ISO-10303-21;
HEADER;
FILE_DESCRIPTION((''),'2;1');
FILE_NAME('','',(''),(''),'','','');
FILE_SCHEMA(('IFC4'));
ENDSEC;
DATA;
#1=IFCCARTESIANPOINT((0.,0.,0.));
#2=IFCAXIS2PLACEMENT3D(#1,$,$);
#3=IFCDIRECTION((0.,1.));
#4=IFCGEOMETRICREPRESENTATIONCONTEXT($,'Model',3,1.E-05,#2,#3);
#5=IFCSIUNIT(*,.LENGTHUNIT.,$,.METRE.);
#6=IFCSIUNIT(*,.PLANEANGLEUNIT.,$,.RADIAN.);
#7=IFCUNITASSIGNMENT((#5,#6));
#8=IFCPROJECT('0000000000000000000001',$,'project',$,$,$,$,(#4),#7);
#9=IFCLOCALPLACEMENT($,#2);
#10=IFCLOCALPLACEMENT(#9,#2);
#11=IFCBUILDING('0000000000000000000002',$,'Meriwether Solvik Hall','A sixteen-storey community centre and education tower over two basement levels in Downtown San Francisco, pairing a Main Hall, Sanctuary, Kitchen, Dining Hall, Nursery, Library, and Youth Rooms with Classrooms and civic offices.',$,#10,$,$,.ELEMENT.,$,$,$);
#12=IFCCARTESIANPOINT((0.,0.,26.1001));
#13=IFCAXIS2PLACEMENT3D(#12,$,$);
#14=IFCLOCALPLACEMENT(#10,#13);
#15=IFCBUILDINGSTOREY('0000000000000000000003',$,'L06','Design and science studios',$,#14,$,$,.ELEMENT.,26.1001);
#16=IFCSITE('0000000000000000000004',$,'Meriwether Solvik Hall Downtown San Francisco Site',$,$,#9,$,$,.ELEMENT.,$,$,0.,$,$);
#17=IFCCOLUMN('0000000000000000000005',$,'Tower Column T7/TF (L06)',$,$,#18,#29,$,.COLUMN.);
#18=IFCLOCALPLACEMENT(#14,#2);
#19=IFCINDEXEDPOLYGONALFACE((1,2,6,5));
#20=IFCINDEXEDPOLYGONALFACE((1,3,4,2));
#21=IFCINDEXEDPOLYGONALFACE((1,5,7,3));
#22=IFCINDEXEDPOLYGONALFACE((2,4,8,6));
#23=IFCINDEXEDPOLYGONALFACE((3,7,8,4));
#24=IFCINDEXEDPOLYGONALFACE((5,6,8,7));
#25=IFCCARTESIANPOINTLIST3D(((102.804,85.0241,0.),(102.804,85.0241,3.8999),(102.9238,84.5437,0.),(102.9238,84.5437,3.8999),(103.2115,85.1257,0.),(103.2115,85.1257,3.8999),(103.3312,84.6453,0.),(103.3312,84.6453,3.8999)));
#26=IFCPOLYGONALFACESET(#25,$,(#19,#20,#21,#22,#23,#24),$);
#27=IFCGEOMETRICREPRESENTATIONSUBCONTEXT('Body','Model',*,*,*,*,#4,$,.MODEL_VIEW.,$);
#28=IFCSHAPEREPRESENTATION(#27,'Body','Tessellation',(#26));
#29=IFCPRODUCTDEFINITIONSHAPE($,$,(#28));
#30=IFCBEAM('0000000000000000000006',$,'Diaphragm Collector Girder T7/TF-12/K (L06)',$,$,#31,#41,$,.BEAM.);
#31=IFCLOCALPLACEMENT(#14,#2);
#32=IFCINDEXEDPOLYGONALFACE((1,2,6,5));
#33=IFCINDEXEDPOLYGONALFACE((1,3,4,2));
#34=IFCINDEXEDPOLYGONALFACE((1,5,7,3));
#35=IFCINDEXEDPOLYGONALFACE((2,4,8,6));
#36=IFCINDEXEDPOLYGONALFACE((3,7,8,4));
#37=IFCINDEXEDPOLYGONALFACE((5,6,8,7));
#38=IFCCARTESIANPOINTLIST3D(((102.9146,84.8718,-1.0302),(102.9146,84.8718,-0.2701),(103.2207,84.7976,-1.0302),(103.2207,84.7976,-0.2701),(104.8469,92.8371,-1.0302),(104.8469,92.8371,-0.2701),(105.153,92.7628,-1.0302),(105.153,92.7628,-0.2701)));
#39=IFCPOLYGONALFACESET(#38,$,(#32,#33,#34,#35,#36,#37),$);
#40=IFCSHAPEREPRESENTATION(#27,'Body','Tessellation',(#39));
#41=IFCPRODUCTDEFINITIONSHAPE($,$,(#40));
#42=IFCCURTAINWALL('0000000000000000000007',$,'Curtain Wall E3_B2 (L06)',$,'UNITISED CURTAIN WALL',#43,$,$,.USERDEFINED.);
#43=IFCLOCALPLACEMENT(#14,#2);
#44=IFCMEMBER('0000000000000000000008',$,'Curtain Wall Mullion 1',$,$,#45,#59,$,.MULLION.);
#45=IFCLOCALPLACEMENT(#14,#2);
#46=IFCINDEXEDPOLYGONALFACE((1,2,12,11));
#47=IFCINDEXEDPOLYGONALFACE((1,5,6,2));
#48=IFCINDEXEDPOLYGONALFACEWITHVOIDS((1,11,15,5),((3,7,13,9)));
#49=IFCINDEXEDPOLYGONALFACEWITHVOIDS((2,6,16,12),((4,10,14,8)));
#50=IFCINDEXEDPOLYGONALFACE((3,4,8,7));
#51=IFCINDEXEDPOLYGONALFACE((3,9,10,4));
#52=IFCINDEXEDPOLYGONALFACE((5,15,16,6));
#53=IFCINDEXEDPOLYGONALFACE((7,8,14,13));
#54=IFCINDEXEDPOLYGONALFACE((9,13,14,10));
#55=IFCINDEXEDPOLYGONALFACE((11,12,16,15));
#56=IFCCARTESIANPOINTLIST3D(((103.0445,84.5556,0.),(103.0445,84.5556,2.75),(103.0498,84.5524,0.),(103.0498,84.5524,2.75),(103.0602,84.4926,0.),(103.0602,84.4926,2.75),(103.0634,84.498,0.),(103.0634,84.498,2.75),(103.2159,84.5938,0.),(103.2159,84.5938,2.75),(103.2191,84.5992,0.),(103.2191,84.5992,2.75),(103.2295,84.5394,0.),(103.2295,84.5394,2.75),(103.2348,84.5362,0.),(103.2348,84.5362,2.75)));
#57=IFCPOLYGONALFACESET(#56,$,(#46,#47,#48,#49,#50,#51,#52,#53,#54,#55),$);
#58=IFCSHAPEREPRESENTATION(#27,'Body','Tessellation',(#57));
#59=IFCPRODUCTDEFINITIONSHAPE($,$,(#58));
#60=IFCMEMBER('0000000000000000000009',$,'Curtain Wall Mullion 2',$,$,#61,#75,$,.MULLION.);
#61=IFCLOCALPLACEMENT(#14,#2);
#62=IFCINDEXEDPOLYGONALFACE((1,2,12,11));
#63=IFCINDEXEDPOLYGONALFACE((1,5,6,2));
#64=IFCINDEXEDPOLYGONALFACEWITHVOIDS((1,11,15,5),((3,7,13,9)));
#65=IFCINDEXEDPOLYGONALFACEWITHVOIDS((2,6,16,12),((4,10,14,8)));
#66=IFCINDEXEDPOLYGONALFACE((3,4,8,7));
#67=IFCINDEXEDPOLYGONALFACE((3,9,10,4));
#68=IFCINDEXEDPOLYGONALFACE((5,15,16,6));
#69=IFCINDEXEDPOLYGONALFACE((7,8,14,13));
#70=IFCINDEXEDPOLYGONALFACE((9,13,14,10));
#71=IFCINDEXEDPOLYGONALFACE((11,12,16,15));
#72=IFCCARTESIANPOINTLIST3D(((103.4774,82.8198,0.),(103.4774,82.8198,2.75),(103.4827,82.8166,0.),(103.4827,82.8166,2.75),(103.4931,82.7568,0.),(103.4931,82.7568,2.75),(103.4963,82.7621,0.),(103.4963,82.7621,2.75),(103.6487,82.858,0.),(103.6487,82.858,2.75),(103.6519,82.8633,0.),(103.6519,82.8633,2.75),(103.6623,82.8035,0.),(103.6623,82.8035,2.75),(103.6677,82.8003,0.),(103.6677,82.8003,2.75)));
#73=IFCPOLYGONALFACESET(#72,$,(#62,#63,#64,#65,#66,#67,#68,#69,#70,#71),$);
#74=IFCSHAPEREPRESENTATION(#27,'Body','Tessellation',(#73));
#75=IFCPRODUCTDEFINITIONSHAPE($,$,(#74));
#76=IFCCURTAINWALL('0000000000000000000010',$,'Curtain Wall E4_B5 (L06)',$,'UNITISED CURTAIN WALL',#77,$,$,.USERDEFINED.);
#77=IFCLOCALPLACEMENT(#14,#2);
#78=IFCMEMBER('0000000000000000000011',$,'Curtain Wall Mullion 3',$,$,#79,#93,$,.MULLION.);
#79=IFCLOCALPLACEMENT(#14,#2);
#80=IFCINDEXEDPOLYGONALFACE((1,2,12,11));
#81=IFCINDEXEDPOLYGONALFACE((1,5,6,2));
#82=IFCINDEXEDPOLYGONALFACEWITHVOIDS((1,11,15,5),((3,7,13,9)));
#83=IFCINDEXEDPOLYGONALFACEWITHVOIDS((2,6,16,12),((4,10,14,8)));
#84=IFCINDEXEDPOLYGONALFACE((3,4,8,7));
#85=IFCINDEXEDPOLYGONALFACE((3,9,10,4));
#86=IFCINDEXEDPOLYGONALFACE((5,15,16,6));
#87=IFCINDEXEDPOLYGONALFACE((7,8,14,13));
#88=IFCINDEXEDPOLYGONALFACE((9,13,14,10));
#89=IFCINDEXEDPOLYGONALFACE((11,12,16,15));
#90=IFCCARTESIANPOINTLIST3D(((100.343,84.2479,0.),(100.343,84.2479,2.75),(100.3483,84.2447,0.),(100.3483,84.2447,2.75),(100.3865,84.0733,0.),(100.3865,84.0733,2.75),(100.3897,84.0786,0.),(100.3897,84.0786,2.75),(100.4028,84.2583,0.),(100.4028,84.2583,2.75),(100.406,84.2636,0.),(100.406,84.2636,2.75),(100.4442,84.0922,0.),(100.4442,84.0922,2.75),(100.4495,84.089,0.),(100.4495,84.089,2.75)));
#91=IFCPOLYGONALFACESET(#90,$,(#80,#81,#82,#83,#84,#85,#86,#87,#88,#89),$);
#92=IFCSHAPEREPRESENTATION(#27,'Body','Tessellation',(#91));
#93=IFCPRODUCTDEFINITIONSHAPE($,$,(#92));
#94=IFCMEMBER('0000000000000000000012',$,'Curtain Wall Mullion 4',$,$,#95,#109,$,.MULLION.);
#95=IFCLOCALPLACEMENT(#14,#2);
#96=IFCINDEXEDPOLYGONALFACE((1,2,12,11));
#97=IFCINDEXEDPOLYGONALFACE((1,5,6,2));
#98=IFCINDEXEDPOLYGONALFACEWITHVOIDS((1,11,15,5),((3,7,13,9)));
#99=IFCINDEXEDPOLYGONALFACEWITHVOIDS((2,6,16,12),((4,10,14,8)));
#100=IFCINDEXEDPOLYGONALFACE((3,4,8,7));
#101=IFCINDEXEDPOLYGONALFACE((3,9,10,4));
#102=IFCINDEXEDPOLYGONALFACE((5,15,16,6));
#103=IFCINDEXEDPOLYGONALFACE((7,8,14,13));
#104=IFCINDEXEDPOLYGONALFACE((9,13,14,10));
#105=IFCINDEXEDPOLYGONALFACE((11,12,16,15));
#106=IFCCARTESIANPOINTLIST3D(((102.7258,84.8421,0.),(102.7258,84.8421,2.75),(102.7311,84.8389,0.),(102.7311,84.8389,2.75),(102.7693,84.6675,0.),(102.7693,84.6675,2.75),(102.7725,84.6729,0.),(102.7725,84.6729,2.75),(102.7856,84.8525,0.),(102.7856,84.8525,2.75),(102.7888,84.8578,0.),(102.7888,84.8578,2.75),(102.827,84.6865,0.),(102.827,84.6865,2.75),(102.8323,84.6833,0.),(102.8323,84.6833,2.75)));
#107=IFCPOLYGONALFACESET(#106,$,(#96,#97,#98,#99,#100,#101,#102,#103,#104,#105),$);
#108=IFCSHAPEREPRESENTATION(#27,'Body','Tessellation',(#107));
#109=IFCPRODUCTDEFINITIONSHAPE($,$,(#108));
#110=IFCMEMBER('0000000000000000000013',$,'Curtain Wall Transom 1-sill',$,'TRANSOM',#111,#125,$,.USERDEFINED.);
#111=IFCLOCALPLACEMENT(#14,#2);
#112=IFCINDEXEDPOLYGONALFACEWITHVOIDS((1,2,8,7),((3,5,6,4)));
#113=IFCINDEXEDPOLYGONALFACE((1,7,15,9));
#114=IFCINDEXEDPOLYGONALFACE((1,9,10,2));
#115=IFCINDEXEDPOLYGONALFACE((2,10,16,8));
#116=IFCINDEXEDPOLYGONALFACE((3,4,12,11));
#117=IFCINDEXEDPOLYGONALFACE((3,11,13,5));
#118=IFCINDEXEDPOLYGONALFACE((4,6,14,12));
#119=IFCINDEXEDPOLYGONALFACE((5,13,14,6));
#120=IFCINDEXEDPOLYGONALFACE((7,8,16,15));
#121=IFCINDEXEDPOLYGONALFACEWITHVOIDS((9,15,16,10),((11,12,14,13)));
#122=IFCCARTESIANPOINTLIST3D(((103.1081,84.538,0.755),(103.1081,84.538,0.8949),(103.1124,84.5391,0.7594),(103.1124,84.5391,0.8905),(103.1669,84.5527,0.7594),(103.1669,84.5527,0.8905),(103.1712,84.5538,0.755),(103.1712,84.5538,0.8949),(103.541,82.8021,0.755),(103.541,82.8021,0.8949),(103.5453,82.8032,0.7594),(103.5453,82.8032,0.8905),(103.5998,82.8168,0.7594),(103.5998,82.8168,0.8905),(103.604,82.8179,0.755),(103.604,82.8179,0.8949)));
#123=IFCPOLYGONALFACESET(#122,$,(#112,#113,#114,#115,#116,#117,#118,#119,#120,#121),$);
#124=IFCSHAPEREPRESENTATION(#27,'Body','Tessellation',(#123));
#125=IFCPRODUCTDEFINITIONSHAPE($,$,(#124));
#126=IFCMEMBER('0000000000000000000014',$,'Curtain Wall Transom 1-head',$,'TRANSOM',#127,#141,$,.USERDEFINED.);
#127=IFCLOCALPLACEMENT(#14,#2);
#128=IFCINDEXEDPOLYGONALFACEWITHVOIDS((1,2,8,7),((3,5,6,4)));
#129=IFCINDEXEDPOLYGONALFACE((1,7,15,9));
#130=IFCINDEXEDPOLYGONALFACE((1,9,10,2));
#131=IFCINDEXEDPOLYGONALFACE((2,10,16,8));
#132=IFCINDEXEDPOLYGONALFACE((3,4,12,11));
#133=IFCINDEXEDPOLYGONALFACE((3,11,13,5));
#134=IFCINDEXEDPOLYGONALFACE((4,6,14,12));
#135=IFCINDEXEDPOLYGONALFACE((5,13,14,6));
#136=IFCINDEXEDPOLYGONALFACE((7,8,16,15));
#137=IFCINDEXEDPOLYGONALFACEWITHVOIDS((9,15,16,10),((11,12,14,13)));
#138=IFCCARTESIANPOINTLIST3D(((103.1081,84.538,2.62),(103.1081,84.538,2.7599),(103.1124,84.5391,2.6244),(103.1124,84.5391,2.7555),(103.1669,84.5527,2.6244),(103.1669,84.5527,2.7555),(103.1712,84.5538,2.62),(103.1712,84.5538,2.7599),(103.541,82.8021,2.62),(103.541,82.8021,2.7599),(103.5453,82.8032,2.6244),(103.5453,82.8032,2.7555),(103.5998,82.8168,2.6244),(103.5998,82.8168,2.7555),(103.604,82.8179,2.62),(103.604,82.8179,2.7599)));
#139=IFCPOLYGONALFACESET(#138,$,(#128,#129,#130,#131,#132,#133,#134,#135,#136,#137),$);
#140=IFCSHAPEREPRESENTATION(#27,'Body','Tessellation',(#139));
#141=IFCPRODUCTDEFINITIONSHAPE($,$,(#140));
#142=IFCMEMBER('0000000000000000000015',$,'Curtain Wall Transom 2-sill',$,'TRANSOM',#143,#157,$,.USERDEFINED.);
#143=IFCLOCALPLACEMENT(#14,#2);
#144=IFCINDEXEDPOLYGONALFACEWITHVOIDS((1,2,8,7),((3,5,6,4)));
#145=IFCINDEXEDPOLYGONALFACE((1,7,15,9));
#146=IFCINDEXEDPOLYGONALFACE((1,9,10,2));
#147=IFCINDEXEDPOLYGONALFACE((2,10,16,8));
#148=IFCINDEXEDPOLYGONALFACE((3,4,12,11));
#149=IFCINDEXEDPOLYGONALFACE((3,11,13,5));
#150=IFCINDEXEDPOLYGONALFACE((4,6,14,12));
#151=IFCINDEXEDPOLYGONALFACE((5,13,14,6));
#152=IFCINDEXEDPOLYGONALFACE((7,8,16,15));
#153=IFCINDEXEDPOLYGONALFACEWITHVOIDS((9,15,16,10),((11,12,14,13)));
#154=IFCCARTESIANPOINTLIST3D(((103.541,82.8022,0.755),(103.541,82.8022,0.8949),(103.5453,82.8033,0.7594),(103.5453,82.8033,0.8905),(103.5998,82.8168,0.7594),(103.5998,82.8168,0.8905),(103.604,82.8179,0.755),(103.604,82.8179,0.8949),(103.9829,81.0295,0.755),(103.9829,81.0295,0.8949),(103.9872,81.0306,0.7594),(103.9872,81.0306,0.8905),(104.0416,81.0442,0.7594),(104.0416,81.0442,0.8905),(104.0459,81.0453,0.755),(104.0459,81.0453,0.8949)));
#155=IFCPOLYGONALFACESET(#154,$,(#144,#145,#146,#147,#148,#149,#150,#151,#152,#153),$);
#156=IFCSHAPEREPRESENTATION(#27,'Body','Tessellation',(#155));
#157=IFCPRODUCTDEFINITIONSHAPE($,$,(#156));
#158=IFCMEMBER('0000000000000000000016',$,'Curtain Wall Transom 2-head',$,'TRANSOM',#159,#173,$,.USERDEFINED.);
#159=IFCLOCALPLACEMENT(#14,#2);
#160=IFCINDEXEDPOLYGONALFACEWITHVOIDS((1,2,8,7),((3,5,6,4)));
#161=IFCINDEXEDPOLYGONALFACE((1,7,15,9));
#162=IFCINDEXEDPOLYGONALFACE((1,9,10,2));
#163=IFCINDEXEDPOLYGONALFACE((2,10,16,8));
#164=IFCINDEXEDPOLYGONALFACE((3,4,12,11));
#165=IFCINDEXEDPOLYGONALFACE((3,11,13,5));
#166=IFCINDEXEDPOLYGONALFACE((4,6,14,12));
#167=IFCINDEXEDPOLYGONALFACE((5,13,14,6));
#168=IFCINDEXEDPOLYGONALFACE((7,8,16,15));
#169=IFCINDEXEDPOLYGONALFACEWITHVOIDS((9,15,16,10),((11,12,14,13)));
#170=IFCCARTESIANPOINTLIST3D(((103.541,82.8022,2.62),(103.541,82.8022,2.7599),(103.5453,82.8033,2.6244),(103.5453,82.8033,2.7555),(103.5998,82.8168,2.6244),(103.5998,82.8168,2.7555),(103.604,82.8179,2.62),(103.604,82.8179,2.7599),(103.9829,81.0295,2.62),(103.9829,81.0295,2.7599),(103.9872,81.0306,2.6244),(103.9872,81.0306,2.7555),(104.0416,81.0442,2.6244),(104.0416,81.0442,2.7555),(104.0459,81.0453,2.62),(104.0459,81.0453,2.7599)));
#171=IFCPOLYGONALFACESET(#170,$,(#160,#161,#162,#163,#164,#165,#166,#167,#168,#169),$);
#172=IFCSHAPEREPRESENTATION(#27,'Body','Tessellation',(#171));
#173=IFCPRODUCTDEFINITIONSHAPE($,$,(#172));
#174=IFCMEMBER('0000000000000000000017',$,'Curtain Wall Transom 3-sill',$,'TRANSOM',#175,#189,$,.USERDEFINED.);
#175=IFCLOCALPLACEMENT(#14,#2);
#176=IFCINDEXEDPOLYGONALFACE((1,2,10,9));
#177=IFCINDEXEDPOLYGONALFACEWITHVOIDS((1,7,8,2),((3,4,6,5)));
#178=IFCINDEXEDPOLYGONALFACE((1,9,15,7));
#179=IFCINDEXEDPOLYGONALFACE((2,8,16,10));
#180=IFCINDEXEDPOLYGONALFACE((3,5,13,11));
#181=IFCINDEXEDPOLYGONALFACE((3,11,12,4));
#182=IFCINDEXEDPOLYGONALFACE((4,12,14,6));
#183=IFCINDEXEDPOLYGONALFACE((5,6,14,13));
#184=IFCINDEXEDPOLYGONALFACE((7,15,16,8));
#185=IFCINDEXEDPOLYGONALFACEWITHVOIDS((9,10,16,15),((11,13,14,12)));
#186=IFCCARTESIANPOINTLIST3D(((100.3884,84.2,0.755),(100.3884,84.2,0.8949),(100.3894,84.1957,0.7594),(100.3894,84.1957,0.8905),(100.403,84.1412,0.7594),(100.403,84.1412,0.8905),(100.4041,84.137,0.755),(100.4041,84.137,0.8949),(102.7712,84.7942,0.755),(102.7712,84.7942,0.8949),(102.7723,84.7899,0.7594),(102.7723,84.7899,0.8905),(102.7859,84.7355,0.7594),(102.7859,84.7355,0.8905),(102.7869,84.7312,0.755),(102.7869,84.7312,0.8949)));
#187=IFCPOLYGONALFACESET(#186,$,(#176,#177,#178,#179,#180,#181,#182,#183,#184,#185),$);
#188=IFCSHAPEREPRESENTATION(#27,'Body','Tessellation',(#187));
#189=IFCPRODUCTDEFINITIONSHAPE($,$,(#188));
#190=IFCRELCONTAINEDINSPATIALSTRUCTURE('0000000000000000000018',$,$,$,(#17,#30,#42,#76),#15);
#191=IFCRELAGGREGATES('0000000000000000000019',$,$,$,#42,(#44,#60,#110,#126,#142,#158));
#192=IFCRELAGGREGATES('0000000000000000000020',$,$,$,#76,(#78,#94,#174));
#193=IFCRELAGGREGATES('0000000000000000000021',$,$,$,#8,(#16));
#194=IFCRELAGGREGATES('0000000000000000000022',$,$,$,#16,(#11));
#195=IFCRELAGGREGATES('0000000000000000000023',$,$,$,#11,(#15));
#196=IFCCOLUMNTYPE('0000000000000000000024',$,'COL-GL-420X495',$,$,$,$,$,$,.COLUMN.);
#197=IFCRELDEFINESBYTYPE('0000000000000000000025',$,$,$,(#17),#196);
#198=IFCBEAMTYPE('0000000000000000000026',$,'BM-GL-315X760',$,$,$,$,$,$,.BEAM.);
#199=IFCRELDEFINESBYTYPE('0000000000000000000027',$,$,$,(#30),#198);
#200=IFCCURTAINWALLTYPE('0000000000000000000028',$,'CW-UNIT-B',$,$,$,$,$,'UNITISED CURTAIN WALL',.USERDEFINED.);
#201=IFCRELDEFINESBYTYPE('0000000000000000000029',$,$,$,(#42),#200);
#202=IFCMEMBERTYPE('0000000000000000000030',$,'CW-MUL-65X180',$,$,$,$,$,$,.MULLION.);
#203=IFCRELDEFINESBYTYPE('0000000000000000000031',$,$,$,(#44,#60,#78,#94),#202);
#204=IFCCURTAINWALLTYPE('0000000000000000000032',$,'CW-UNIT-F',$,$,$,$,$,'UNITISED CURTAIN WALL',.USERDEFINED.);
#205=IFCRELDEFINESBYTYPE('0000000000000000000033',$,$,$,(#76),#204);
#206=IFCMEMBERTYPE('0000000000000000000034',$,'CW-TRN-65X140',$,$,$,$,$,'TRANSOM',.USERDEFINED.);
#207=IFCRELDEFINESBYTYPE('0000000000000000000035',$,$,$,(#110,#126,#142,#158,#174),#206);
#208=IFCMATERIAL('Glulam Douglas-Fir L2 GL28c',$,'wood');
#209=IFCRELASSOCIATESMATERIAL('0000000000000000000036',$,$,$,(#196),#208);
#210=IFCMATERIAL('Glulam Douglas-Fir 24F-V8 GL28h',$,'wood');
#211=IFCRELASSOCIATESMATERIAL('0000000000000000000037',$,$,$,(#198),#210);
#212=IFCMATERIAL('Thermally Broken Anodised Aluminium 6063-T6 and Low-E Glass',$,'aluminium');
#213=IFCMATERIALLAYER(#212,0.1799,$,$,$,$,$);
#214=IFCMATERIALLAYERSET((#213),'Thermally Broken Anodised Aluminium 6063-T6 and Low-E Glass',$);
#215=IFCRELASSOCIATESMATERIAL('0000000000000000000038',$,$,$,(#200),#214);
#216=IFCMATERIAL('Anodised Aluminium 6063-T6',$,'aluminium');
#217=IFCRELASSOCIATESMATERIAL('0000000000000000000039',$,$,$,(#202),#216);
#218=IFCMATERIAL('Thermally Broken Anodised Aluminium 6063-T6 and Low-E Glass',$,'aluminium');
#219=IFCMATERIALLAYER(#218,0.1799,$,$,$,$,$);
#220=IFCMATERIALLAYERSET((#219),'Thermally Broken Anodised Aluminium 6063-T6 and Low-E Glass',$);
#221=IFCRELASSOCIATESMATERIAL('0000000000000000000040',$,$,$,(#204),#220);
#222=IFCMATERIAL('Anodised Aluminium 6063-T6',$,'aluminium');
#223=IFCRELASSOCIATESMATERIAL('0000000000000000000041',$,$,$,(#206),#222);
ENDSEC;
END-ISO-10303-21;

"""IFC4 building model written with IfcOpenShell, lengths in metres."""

from ifc_helpers import new_model, si_unit, direction, frame, origin, origin_2d, place, context, subcontext, project, spatial, rectangle, hollow_rectangle, extrude, material, layer, layer_set, material_profile, profile_set, type_object, element, aggregate, save


model = new_model("IFC4")

# Units and contexts
model_context = context("Model", 3, precision=1e-05, world=origin(), true_north=direction((0.0, 1.0)))
body_context = subcontext(model_context, "Body", "Model", "MODEL_VIEW")
ifc_project = project(units=[si_unit("LENGTHUNIT", "METRE"), si_unit("PLANEANGLEUNIT", "RADIAN")], contexts=[model_context])

# Site, building, storey
site_placement = place(None, origin())
site = spatial("IfcSite", under=ifc_project, at=site_placement, Name="Meriwether Solvik Hall Downtown San Francisco Site", CompositionType="ELEMENT", RefElevation=0.0)
building_placement = place(site_placement, origin())
building = spatial("IfcBuilding", under=site, at=building_placement, Name="Meriwether Solvik Hall", Description="A sixteen-storey community centre and education tower over two basement levels in Downtown San Francisco, pairing a Main Hall, Sanctuary, Kitchen, Dining Hall, Nursery, Library, and Youth Rooms with Classrooms and civic offices.", CompositionType="ELEMENT")
storey_placement = place(building_placement, frame((0.0, 0.0, 26.1001)))
storey = spatial("IfcBuildingStorey", under=building, at=storey_placement, Name="L06", Description="Design and science studios", CompositionType="ELEMENT", Elevation=26.1001)

# Column
ifc_material_1 = material(Name="Glulam Douglas-Fir L2 GL28c", Category="wood")
ifc_material_profile_1 = material_profile(ifc_material_1, rectangle(XDim=0.4199, YDim=0.4951, at=origin_2d()), Name="GLC-420X495")
ifc_profile_set_1 = profile_set([ifc_material_profile_1], Name="Glulam Douglas-Fir L2 GL28c")
column_type = type_object("IfcColumnType", Name="COL-GL-420X495", PredefinedType="COLUMN", material=ifc_profile_set_1)
column_placement = place(storey_placement, frame((103.0676, 84.8347, 0.0), z_axis=(0.0, 0.0, 1.0), x_axis=(0.970296, 0.241922, 0.0)))
element("IfcColumn", 1, at=column_placement, inside=storey, type_object=column_type, Name="Tower Column T7/TF (L06)", PredefinedType="COLUMN", context=body_context, shape_type="SweptSolid", body=[
    extrude(rectangle(XDim=0.4199, YDim=0.4951, at=origin_2d()), origin(), (0.0, 0.0, 1.0), 3.8999),
])

# Beam
ifc_material_2 = material(Name="Glulam Douglas-Fir 24F-V8 GL28h", Category="wood")
ifc_material_profile_2 = material_profile(ifc_material_2, rectangle(XDim=0.3149, YDim=0.76, at=origin_2d()), Name="GLB-315X760")
ifc_profile_set_2 = profile_set([ifc_material_profile_2], Name="Glulam Douglas-Fir 24F-V8 GL28h")
beam_type = type_object("IfcBeamType", Name="BM-GL-315X760", PredefinedType="BEAM", material=ifc_profile_set_2)
beam_placement = place(storey_placement, frame((103.0676, 84.8347, -0.6501), z_axis=(0.235759, 0.971811, 0.0), x_axis=(-0.971811, 0.235759, 0.0)))
element("IfcBeam", 2, at=beam_placement, inside=storey, type_object=beam_type, Name="Diaphragm Collector Girder T7/TF-12/K (L06)", PredefinedType="BEAM", context=body_context, shape_type="SweptSolid", body=[
    extrude(rectangle(XDim=0.3149, YDim=0.76, at=origin_2d()), origin(), (0.0, 0.0, 1.0), 8.1963),
])

# Curtain walls, members
ifc_material_3 = material(Name="Thermally Broken Anodised Aluminium 6063-T6 and Low-E Glass", Category="aluminium")
ifc_layer_1 = layer(ifc_material_3, 0.1799)
ifc_layer_set_1 = layer_set([ifc_layer_1], Name="Thermally Broken Anodised Aluminium 6063-T6 and Low-E Glass")
curtain_wall_type_1 = type_object("IfcCurtainWallType", Name="CW-UNIT-B", ElementType="UNITISED CURTAIN WALL", PredefinedType="USERDEFINED", material=ifc_layer_set_1)
curtain_wall_1_placement = place(storey_placement, origin())
curtain_wall_1 = element("IfcCurtainWall", 3, at=curtain_wall_1_placement, inside=storey, type_object=curtain_wall_type_1, Name="Curtain Wall E3_B2 (L06)", ObjectType="UNITISED CURTAIN WALL", PredefinedType="USERDEFINED")
ifc_material_4 = material(Name="Anodised Aluminium 6063-T6", Category="aluminium")
ifc_material_profile_3 = material_profile(ifc_material_4, hollow_rectangle(XDim=0.0649, YDim=0.1799, WallThickness=0.0044, at=origin_2d()), Name="CWM-65X180")
ifc_profile_set_3 = profile_set([ifc_material_profile_3], Name="Anodised Aluminium 6063-T6")
member_type_1 = type_object("IfcMemberType", Name="CW-MUL-65X180", PredefinedType="MULLION", material=ifc_profile_set_3)
member_1_placement = place(storey_placement, frame((103.1396, 84.5459, 0.0), z_axis=(0.0, 0.0, 1.0), x_axis=(0.241922, -0.970296, 0.0)))
member_1 = element("IfcMember", 4, at=member_1_placement, type_object=member_type_1, Name="Curtain Wall Mullion 1", PredefinedType="MULLION", context=body_context, shape_type="SweptSolid", body=[
    extrude(hollow_rectangle(XDim=0.0649, YDim=0.1799, WallThickness=0.0044, at=origin_2d()), origin(), (0.0, 0.0, 1.0), 2.75),
])
member_2_placement = place(storey_placement, frame((103.5725, 82.8101, 0.0), z_axis=(0.0, 0.0, 1.0), x_axis=(0.241922, -0.970296, 0.0)))
member_2 = element("IfcMember", 5, at=member_2_placement, type_object=member_type_1, Name="Curtain Wall Mullion 2", PredefinedType="MULLION", context=body_context, shape_type="SweptSolid", body=[
    extrude(hollow_rectangle(XDim=0.0649, YDim=0.1799, WallThickness=0.0044, at=origin_2d()), origin(), (0.0, 0.0, 1.0), 2.75),
])
ifc_material_5 = material(Name="Thermally Broken Anodised Aluminium 6063-T6 and Low-E Glass", Category="aluminium")
ifc_layer_2 = layer(ifc_material_5, 0.1799)
ifc_layer_set_2 = layer_set([ifc_layer_2], Name="Thermally Broken Anodised Aluminium 6063-T6 and Low-E Glass")
curtain_wall_type_2 = type_object("IfcCurtainWallType", Name="CW-UNIT-F", ElementType="UNITISED CURTAIN WALL", PredefinedType="USERDEFINED", material=ifc_layer_set_2)
curtain_wall_2_placement = place(storey_placement, origin())
curtain_wall_2 = element("IfcCurtainWall", 6, at=curtain_wall_2_placement, inside=storey, type_object=curtain_wall_type_2, Name="Curtain Wall E4_B5 (L06)", ObjectType="UNITISED CURTAIN WALL", PredefinedType="USERDEFINED")
member_3_placement = place(storey_placement, frame((100.3962, 84.1685, 0.0), z_axis=(0.0, 0.0, 1.0), x_axis=(0.970296, 0.241922, 0.0)))
member_3 = element("IfcMember", 7, at=member_3_placement, type_object=member_type_1, Name="Curtain Wall Mullion 3", PredefinedType="MULLION", context=body_context, shape_type="SweptSolid", body=[
    extrude(hollow_rectangle(XDim=0.0649, YDim=0.1799, WallThickness=0.0044, at=origin_2d()), origin(), (0.0, 0.0, 1.0), 2.75),
])
member_4_placement = place(storey_placement, frame((102.7791, 84.7627, 0.0), z_axis=(0.0, 0.0, 1.0), x_axis=(0.970296, 0.241922, 0.0)))
member_4 = element("IfcMember", 8, at=member_4_placement, type_object=member_type_1, Name="Curtain Wall Mullion 4", PredefinedType="MULLION", context=body_context, shape_type="SweptSolid", body=[
    extrude(hollow_rectangle(XDim=0.0649, YDim=0.1799, WallThickness=0.0044, at=origin_2d()), origin(), (0.0, 0.0, 1.0), 2.75),
])

# Members
ifc_material_6 = material(Name="Anodised Aluminium 6063-T6", Category="aluminium")
ifc_material_profile_4 = material_profile(ifc_material_6, hollow_rectangle(XDim=0.0649, YDim=0.1399, WallThickness=0.0044, at=origin_2d()), Name="CWT-65X140")
ifc_profile_set_4 = profile_set([ifc_material_profile_4], Name="Anodised Aluminium 6063-T6")
member_type_2 = type_object("IfcMemberType", Name="CW-TRN-65X140", ElementType="TRANSOM", PredefinedType="USERDEFINED", material=ifc_profile_set_4)
member_5_placement = place(storey_placement, frame((103.1396, 84.5459, 0.825), z_axis=(0.241958, -0.970287, 0.0), x_axis=(0.970287, 0.241958, 0.0)))
member_5 = element("IfcMember", 9, at=member_5_placement, type_object=member_type_2, Name="Curtain Wall Transom 1-sill", ObjectType="TRANSOM", PredefinedType="USERDEFINED", context=body_context, shape_type="SweptSolid", body=[
    extrude(hollow_rectangle(XDim=0.0649, YDim=0.1399, WallThickness=0.0044, at=origin_2d()), origin(), (0.0, 0.0, 1.0), 1.7891),
])
member_6_placement = place(storey_placement, frame((103.1396, 84.5459, 2.6899), z_axis=(0.241958, -0.970287, 0.0), x_axis=(0.970287, 0.241958, 0.0)))
member_6 = element("IfcMember", 10, at=member_6_placement, type_object=member_type_2, Name="Curtain Wall Transom 1-head", ObjectType="TRANSOM", PredefinedType="USERDEFINED", context=body_context, shape_type="SweptSolid", body=[
    extrude(hollow_rectangle(XDim=0.0649, YDim=0.1399, WallThickness=0.0044, at=origin_2d()), origin(), (0.0, 0.0, 1.0), 1.7891),
])
member_7_placement = place(storey_placement, frame((103.5725, 82.8101, 0.825), z_axis=(0.241875, -0.970307, 0.0), x_axis=(0.970307, 0.241875, 0.0)))
member_7 = element("IfcMember", 11, at=member_7_placement, type_object=member_type_2, Name="Curtain Wall Transom 2-sill", ObjectType="TRANSOM", PredefinedType="USERDEFINED", context=body_context, shape_type="SweptSolid", body=[
    extrude(hollow_rectangle(XDim=0.0649, YDim=0.1399, WallThickness=0.0044, at=origin_2d()), origin(), (0.0, 0.0, 1.0), 1.8269),
])
member_8_placement = place(storey_placement, frame((103.5725, 82.8101, 2.6899), z_axis=(0.241875, -0.970307, 0.0), x_axis=(0.970307, 0.241875, 0.0)))
member_8 = element("IfcMember", 12, at=member_8_placement, type_object=member_type_2, Name="Curtain Wall Transom 2-head", ObjectType="TRANSOM", PredefinedType="USERDEFINED", context=body_context, shape_type="SweptSolid", body=[
    extrude(hollow_rectangle(XDim=0.0649, YDim=0.1399, WallThickness=0.0044, at=origin_2d()), origin(), (0.0, 0.0, 1.0), 1.8269),
])
member_9_placement = place(storey_placement, frame((100.3962, 84.1685, 0.825), z_axis=(0.970283, 0.241974, 0.0), x_axis=(-0.241974, 0.970283, 0.0)))
member_9 = element("IfcMember", 13, at=member_9_placement, type_object=member_type_2, Name="Curtain Wall Transom 3-sill", ObjectType="TRANSOM", PredefinedType="USERDEFINED", context=body_context, shape_type="SweptSolid", body=[
    extrude(hollow_rectangle(XDim=0.0649, YDim=0.1399, WallThickness=0.0044, at=origin_2d()), origin(), (0.0, 0.0, 1.0), 2.4558),
])

aggregate(curtain_wall_1, [member_1, member_2, member_5, member_6, member_7, member_8])
aggregate(curtain_wall_2, [member_3, member_4, member_9])

save(model, "model.ifc")
